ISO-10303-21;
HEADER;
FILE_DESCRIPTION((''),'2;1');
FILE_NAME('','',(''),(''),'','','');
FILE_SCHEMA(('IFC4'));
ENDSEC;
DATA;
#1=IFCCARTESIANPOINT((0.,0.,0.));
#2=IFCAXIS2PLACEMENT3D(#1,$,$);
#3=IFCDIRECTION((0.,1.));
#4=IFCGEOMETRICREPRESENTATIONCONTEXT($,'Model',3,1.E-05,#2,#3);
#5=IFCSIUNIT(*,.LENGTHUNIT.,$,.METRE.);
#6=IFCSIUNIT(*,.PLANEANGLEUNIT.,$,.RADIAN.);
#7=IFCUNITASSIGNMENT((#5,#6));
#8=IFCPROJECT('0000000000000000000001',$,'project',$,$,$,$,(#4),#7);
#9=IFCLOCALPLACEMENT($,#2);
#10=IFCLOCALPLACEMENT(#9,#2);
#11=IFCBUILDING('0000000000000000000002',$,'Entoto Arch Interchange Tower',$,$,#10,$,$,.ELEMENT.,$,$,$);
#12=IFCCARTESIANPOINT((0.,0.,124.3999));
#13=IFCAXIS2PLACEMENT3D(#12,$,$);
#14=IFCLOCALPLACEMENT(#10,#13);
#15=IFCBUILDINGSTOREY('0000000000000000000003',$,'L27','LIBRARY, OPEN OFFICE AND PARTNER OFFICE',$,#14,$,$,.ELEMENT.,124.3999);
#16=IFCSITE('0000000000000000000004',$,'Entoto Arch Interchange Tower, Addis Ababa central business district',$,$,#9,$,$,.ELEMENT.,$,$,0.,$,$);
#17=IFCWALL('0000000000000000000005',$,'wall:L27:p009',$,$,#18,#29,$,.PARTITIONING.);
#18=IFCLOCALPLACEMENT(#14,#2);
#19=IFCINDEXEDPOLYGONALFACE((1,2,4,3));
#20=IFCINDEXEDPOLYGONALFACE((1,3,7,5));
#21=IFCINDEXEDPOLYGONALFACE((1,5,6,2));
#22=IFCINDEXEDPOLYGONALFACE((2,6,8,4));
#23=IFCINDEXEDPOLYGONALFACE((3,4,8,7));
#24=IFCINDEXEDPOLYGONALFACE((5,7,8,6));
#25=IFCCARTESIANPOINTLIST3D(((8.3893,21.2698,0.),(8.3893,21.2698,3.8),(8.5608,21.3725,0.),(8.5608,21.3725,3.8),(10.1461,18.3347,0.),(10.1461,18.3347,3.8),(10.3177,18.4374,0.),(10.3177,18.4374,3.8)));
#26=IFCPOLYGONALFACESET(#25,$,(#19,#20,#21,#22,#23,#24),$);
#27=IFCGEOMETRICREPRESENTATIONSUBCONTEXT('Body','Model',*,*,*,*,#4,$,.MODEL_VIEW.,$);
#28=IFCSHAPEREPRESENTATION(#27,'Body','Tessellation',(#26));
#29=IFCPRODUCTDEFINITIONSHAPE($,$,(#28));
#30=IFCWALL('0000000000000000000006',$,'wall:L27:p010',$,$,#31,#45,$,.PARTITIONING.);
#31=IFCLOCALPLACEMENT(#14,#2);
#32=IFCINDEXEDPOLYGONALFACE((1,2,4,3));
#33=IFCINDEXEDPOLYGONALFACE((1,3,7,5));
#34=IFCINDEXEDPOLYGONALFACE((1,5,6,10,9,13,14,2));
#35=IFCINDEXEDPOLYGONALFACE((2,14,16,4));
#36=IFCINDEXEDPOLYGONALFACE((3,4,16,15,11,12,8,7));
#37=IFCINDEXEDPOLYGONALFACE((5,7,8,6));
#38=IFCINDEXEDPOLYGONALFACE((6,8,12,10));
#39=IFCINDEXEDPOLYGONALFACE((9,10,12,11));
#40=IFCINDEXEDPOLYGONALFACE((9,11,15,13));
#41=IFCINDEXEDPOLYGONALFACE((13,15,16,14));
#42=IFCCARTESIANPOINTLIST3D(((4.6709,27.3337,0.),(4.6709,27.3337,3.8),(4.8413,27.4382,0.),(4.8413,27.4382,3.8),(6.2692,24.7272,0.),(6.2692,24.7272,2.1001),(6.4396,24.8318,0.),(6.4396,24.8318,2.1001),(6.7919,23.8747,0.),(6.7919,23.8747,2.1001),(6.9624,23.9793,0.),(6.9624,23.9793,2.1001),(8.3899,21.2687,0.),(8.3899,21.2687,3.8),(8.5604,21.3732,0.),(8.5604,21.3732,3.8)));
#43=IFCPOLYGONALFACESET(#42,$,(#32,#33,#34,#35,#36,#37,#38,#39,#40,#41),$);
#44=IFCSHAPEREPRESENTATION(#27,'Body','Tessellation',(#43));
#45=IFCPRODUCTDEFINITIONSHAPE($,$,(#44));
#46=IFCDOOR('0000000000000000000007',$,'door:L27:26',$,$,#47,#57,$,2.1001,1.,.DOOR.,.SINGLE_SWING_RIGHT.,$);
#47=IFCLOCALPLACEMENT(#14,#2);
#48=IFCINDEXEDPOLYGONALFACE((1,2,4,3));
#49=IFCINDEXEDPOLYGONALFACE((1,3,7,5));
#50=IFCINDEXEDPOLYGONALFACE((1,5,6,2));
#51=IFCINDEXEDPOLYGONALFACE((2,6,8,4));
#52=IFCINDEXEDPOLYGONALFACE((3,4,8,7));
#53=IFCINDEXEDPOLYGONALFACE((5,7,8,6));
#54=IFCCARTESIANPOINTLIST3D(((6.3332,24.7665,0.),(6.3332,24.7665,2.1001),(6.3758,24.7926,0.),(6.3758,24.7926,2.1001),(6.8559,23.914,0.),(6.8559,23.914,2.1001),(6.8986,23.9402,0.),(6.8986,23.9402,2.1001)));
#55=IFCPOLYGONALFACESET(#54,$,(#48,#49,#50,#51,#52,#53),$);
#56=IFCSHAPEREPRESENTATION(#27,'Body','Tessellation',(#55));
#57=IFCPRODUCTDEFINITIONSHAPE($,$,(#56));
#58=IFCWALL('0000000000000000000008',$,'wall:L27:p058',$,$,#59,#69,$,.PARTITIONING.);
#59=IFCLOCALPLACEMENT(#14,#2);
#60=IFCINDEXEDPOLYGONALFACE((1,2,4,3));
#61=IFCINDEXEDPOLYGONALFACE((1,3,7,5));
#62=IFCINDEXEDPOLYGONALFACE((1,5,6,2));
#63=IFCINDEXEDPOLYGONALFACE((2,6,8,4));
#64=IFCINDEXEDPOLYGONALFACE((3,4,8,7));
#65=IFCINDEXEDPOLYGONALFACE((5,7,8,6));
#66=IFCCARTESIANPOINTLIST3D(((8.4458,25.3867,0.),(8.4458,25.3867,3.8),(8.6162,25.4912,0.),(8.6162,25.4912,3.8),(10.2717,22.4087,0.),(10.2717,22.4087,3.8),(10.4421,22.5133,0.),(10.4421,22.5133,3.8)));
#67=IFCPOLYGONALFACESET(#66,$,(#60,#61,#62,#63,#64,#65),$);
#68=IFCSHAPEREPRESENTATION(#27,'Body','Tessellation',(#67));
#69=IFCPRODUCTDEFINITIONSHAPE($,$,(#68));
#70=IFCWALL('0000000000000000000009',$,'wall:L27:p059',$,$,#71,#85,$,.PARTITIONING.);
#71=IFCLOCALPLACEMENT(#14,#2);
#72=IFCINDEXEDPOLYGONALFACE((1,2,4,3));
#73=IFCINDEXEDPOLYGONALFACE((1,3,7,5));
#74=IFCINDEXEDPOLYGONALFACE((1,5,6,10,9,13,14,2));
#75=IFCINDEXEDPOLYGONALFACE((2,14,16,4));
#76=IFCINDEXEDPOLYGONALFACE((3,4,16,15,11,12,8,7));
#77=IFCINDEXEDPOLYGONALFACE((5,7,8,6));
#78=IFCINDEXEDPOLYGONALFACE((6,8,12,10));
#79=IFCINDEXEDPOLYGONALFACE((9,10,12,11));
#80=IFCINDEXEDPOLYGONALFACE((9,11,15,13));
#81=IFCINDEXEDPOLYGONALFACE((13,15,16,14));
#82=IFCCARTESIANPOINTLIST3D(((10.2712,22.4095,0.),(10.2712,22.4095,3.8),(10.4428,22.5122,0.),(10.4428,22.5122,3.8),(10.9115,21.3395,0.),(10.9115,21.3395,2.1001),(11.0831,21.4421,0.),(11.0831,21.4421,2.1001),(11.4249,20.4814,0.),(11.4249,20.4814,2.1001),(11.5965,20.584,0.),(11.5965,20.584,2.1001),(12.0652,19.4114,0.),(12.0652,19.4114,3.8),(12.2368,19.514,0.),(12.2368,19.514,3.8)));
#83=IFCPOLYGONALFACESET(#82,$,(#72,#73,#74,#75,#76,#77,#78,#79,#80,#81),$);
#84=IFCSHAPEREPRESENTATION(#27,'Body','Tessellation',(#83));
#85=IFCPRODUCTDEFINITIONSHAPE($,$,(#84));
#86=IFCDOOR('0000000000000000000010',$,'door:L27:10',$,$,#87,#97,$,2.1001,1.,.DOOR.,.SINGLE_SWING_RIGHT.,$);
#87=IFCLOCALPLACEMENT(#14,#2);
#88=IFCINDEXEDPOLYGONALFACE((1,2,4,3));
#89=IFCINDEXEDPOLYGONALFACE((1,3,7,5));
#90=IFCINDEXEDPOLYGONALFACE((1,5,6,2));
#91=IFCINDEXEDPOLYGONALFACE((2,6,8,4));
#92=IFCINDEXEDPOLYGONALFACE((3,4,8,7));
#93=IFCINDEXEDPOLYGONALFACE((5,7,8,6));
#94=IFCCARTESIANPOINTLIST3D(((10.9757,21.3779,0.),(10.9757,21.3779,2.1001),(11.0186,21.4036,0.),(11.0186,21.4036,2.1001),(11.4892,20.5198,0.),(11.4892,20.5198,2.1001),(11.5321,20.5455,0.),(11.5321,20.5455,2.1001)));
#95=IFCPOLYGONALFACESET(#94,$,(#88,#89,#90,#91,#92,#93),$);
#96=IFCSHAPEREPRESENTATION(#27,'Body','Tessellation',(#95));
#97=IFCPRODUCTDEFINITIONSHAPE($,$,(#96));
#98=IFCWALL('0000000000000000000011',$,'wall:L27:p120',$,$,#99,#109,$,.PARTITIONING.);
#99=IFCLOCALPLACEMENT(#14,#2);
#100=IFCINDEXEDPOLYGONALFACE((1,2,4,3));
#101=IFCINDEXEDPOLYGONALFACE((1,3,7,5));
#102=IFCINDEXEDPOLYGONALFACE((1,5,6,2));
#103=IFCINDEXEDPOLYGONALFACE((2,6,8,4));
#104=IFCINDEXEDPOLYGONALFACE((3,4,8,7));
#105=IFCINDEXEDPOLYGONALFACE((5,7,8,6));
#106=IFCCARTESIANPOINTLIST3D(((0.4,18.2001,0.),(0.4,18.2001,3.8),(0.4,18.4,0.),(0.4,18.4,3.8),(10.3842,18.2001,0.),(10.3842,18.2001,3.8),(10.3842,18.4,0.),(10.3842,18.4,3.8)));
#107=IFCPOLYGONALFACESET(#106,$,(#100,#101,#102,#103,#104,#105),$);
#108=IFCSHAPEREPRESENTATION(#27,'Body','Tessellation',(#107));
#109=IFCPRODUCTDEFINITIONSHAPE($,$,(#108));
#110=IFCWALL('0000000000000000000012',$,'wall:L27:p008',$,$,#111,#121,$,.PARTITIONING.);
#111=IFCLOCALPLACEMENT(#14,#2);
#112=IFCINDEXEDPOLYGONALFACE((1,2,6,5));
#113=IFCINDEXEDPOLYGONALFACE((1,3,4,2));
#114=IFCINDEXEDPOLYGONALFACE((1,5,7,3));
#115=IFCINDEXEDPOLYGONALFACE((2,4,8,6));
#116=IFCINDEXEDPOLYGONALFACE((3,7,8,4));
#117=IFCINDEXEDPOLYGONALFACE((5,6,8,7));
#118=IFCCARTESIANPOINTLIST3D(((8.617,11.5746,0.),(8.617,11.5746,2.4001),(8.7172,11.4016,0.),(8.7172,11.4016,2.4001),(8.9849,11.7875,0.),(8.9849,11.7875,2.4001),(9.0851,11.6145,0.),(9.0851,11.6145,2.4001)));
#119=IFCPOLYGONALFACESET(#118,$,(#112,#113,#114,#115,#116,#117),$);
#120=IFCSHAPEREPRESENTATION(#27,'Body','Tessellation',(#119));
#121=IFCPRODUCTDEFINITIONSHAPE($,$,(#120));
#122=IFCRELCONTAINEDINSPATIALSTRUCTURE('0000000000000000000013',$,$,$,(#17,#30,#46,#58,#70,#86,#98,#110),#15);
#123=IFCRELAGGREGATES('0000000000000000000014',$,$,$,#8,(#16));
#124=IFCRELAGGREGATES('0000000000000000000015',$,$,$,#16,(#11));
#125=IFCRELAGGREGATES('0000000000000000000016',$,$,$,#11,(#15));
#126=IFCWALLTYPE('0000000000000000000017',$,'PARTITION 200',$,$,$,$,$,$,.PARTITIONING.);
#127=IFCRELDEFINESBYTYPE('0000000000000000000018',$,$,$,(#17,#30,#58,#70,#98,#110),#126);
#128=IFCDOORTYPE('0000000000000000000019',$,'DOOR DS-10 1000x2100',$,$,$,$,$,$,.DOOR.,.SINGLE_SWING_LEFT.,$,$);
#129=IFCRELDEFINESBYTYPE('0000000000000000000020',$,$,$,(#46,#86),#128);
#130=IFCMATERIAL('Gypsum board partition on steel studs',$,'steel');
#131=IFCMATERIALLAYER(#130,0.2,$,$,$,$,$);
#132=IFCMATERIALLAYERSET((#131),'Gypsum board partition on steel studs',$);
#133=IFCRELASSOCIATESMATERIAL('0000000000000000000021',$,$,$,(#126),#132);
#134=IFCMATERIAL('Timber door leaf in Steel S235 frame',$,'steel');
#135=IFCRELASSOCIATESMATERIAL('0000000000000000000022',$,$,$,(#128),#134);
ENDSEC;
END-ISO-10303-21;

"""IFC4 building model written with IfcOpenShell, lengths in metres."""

from ifc_helpers import new_model, si_unit, direction, frame, frame_2d, origin, place, context, subcontext, project, spatial, rectangle, extrude, material, layer, layer_set, type_object, element, fill, save


model = new_model("IFC4")

# Units and contexts
model_context = context("Model", 3, precision=1e-05, world=origin(), true_north=direction((0.0, 1.0)))
body_context = subcontext(model_context, "Body", "Model", "MODEL_VIEW")
ifc_project = project(units=[si_unit("LENGTHUNIT", "METRE"), si_unit("PLANEANGLEUNIT", "RADIAN")], contexts=[model_context])

# Site, building, storey
site_placement = place(None, origin())
site = spatial("IfcSite", under=ifc_project, at=site_placement, Name="Entoto Arch Interchange Tower, Addis Ababa central business district", CompositionType="ELEMENT", RefElevation=0.0)
building_placement = place(site_placement, origin())
building = spatial("IfcBuilding", under=site, at=building_placement, Name="Entoto Arch Interchange Tower", CompositionType="ELEMENT")
storey_placement = place(building_placement, frame((0.0, 0.0, 124.3999)))
storey = spatial("IfcBuildingStorey", under=building, at=storey_placement, Name="L27", Description="LIBRARY, OPEN OFFICE AND PARTNER OFFICE", CompositionType="ELEMENT", Elevation=124.3999)

# Wall
ifc_material_1 = material(Name="Gypsum board partition on steel studs", Category="steel")
ifc_layer_1 = layer(ifc_material_1, 0.2)
ifc_layer_set_1 = layer_set([ifc_layer_1], Name="Gypsum board partition on steel studs")
wall_type_1 = type_object("IfcWallType", Name="PARTITION 200", PredefinedType="PARTITIONING", material=ifc_layer_set_1)
wall_1_placement = place(storey_placement, frame((10.2319, 18.386, 0.0), z_axis=(0.0, 0.0, 1.0), x_axis=(-0.513593, 0.858034, 0.0)))
element("IfcWall", 1, at=wall_1_placement, inside=storey, type_object=wall_type_1, Name="wall:L27:p009", PredefinedType="PARTITIONING", context=body_context, shape_type="SweptSolid", body=[
    extrude(rectangle(XDim=3.4207, YDim=0.2, at=frame_2d((1.7104, 0.0))), origin(), (0.0, 0.0, 1.0), 3.8),
])

# Wall, opening, door
wall_2_placement = place(storey_placement, frame((8.4751, 21.321, 0.0), z_axis=(0.0, 0.0, 1.0), x_axis=(-0.522743, 0.85249, 0.0)))
wall_2 = element("IfcWall", 2, at=wall_2_placement, inside=storey, type_object=wall_type_1, Name="wall:L27:p010", PredefinedType="PARTITIONING", context=body_context, shape_type="SweptSolid", body=[
    extrude(rectangle(XDim=7.1145, YDim=0.2, at=frame_2d((3.5571, 0.0))), origin(), (0.0, 0.0, 1.0), 3.8),
])
opening_1_placement = place(wall_2_placement, frame((3.0569, 0.0, 0.0)))
opening_1 = element("IfcOpeningElement", 3, at=opening_1_placement, cuts=wall_2, PredefinedType="OPENING", context=body_context, shape_type="SweptSolid", body=[
    extrude(rectangle(XDim=1.0, YDim=2.1001, at=frame_2d((0.5, 1.05))), frame((0.0, 0.1099, 0.0), z_axis=(0.0, -1.0, 0.0), x_axis=(1.0, 0.0, 0.0)), (0.0, 0.0, 1.0), 0.22),
])
ifc_material_2 = material(Name="Timber door leaf in Steel S235 frame", Category="steel")
door_type_1 = type_object("IfcDoorType", Name="DOOR DS-10 1000x2100", OperationType="SINGLE_SWING_LEFT", PredefinedType="DOOR", material=ifc_material_2)
door_1_placement = place(opening_1_placement, origin())
door_1 = element("IfcDoor", 4, at=door_1_placement, inside=storey, type_object=door_type_1, Name="door:L27:26", OperationType="SINGLE_SWING_RIGHT", OverallHeight=2.1001, OverallWidth=1.0, PredefinedType="DOOR", context=body_context, shape_type="SweptSolid", body=[
    extrude(rectangle(XDim=1.0, YDim=2.1001, at=frame_2d((0.5, 1.05))), frame((0.0, 0.0249, 0.0), z_axis=(0.0, -1.0, 0.0), x_axis=(1.0, 0.0, 0.0)), (0.0, 0.0, 1.0), 0.05),
])
fill(opening_1, door_1)

# Wall
wall_3_placement = place(storey_placement, frame((8.531, 25.439, 0.0), z_axis=(0.0, 0.0, 1.0), x_axis=(0.522705, -0.852514, 0.0)))
element("IfcWall", 5, at=wall_3_placement, inside=storey, type_object=wall_type_1, Name="wall:L27:p058", PredefinedType="PARTITIONING", context=body_context, shape_type="SweptSolid", body=[
    extrude(rectangle(XDim=3.4932, YDim=0.2, at=frame_2d((1.7466, 0.0))), origin(), (0.0, 0.0, 1.0), 3.8),
])

# Wall, opening, door
wall_4_placement = place(storey_placement, frame((10.3569, 22.4609, 0.0), z_axis=(0.0, 0.0, 1.0), x_axis=(0.513468, -0.858109, 0.0)))
wall_4 = element("IfcWall", 6, at=wall_4_placement, inside=storey, type_object=wall_type_1, Name="wall:L27:p059", PredefinedType="PARTITIONING", context=body_context, shape_type="SweptSolid", body=[
    extrude(rectangle(XDim=3.4939, YDim=0.2, at=frame_2d((1.7471, 0.0))), origin(), (0.0, 0.0, 1.0), 3.8),
])
opening_2_placement = place(wall_4_placement, frame((1.2471, 0.0, 0.0)))
opening_2 = element("IfcOpeningElement", 7, at=opening_2_placement, cuts=wall_4, PredefinedType="OPENING", context=body_context, shape_type="SweptSolid", body=[
    extrude(rectangle(XDim=1.0, YDim=2.1001, at=frame_2d((0.5, 1.05))), frame((0.0, 0.1099, 0.0), z_axis=(0.0, -1.0, 0.0), x_axis=(1.0, 0.0, 0.0)), (0.0, 0.0, 1.0), 0.22),
])
door_2_placement = place(opening_2_placement, origin())
door_2 = element("IfcDoor", 8, at=door_2_placement, inside=storey, type_object=door_type_1, Name="door:L27:10", OperationType="SINGLE_SWING_RIGHT", OverallHeight=2.1001, OverallWidth=1.0, PredefinedType="DOOR", context=body_context, shape_type="SweptSolid", body=[
    extrude(rectangle(XDim=1.0, YDim=2.1001, at=frame_2d((0.5, 1.05))), frame((0.0, 0.0249, 0.0), z_axis=(0.0, -1.0, 0.0), x_axis=(1.0, 0.0, 0.0)), (0.0, 0.0, 1.0), 0.05),
])
fill(opening_2, door_2)

# Walls
wall_5_placement = place(storey_placement, frame((0.3999, 18.3, 0.0), z_axis=(0.0, 0.0, 1.0), x_axis=(1.0, 0.0, 0.0)))
element("IfcWall", 9, at=wall_5_placement, inside=storey, type_object=wall_type_1, Name="wall:L27:p120", PredefinedType="PARTITIONING", context=body_context, shape_type="SweptSolid", body=[
    extrude(rectangle(XDim=9.9841, YDim=0.2, at=frame_2d((4.9922, 0.0))), origin(), (0.0, 0.0, 1.0), 3.8),
])
wall_6_placement = place(storey_placement, frame((9.0349, 11.7009, 0.0), z_axis=(0.0, 0.0, 1.0), x_axis=(-0.865544, -0.500832, 0.0)))
element("IfcWall", 10, at=wall_6_placement, inside=storey, type_object=wall_type_1, Name="wall:L27:p008", PredefinedType="PARTITIONING", context=body_context, shape_type="SweptSolid", body=[
    extrude(rectangle(XDim=0.425, YDim=0.2, at=frame_2d((0.2124, 0.0))), origin(), (0.0, 0.0, 1.0), 2.4001),
])

save(model, "model.ifc")
